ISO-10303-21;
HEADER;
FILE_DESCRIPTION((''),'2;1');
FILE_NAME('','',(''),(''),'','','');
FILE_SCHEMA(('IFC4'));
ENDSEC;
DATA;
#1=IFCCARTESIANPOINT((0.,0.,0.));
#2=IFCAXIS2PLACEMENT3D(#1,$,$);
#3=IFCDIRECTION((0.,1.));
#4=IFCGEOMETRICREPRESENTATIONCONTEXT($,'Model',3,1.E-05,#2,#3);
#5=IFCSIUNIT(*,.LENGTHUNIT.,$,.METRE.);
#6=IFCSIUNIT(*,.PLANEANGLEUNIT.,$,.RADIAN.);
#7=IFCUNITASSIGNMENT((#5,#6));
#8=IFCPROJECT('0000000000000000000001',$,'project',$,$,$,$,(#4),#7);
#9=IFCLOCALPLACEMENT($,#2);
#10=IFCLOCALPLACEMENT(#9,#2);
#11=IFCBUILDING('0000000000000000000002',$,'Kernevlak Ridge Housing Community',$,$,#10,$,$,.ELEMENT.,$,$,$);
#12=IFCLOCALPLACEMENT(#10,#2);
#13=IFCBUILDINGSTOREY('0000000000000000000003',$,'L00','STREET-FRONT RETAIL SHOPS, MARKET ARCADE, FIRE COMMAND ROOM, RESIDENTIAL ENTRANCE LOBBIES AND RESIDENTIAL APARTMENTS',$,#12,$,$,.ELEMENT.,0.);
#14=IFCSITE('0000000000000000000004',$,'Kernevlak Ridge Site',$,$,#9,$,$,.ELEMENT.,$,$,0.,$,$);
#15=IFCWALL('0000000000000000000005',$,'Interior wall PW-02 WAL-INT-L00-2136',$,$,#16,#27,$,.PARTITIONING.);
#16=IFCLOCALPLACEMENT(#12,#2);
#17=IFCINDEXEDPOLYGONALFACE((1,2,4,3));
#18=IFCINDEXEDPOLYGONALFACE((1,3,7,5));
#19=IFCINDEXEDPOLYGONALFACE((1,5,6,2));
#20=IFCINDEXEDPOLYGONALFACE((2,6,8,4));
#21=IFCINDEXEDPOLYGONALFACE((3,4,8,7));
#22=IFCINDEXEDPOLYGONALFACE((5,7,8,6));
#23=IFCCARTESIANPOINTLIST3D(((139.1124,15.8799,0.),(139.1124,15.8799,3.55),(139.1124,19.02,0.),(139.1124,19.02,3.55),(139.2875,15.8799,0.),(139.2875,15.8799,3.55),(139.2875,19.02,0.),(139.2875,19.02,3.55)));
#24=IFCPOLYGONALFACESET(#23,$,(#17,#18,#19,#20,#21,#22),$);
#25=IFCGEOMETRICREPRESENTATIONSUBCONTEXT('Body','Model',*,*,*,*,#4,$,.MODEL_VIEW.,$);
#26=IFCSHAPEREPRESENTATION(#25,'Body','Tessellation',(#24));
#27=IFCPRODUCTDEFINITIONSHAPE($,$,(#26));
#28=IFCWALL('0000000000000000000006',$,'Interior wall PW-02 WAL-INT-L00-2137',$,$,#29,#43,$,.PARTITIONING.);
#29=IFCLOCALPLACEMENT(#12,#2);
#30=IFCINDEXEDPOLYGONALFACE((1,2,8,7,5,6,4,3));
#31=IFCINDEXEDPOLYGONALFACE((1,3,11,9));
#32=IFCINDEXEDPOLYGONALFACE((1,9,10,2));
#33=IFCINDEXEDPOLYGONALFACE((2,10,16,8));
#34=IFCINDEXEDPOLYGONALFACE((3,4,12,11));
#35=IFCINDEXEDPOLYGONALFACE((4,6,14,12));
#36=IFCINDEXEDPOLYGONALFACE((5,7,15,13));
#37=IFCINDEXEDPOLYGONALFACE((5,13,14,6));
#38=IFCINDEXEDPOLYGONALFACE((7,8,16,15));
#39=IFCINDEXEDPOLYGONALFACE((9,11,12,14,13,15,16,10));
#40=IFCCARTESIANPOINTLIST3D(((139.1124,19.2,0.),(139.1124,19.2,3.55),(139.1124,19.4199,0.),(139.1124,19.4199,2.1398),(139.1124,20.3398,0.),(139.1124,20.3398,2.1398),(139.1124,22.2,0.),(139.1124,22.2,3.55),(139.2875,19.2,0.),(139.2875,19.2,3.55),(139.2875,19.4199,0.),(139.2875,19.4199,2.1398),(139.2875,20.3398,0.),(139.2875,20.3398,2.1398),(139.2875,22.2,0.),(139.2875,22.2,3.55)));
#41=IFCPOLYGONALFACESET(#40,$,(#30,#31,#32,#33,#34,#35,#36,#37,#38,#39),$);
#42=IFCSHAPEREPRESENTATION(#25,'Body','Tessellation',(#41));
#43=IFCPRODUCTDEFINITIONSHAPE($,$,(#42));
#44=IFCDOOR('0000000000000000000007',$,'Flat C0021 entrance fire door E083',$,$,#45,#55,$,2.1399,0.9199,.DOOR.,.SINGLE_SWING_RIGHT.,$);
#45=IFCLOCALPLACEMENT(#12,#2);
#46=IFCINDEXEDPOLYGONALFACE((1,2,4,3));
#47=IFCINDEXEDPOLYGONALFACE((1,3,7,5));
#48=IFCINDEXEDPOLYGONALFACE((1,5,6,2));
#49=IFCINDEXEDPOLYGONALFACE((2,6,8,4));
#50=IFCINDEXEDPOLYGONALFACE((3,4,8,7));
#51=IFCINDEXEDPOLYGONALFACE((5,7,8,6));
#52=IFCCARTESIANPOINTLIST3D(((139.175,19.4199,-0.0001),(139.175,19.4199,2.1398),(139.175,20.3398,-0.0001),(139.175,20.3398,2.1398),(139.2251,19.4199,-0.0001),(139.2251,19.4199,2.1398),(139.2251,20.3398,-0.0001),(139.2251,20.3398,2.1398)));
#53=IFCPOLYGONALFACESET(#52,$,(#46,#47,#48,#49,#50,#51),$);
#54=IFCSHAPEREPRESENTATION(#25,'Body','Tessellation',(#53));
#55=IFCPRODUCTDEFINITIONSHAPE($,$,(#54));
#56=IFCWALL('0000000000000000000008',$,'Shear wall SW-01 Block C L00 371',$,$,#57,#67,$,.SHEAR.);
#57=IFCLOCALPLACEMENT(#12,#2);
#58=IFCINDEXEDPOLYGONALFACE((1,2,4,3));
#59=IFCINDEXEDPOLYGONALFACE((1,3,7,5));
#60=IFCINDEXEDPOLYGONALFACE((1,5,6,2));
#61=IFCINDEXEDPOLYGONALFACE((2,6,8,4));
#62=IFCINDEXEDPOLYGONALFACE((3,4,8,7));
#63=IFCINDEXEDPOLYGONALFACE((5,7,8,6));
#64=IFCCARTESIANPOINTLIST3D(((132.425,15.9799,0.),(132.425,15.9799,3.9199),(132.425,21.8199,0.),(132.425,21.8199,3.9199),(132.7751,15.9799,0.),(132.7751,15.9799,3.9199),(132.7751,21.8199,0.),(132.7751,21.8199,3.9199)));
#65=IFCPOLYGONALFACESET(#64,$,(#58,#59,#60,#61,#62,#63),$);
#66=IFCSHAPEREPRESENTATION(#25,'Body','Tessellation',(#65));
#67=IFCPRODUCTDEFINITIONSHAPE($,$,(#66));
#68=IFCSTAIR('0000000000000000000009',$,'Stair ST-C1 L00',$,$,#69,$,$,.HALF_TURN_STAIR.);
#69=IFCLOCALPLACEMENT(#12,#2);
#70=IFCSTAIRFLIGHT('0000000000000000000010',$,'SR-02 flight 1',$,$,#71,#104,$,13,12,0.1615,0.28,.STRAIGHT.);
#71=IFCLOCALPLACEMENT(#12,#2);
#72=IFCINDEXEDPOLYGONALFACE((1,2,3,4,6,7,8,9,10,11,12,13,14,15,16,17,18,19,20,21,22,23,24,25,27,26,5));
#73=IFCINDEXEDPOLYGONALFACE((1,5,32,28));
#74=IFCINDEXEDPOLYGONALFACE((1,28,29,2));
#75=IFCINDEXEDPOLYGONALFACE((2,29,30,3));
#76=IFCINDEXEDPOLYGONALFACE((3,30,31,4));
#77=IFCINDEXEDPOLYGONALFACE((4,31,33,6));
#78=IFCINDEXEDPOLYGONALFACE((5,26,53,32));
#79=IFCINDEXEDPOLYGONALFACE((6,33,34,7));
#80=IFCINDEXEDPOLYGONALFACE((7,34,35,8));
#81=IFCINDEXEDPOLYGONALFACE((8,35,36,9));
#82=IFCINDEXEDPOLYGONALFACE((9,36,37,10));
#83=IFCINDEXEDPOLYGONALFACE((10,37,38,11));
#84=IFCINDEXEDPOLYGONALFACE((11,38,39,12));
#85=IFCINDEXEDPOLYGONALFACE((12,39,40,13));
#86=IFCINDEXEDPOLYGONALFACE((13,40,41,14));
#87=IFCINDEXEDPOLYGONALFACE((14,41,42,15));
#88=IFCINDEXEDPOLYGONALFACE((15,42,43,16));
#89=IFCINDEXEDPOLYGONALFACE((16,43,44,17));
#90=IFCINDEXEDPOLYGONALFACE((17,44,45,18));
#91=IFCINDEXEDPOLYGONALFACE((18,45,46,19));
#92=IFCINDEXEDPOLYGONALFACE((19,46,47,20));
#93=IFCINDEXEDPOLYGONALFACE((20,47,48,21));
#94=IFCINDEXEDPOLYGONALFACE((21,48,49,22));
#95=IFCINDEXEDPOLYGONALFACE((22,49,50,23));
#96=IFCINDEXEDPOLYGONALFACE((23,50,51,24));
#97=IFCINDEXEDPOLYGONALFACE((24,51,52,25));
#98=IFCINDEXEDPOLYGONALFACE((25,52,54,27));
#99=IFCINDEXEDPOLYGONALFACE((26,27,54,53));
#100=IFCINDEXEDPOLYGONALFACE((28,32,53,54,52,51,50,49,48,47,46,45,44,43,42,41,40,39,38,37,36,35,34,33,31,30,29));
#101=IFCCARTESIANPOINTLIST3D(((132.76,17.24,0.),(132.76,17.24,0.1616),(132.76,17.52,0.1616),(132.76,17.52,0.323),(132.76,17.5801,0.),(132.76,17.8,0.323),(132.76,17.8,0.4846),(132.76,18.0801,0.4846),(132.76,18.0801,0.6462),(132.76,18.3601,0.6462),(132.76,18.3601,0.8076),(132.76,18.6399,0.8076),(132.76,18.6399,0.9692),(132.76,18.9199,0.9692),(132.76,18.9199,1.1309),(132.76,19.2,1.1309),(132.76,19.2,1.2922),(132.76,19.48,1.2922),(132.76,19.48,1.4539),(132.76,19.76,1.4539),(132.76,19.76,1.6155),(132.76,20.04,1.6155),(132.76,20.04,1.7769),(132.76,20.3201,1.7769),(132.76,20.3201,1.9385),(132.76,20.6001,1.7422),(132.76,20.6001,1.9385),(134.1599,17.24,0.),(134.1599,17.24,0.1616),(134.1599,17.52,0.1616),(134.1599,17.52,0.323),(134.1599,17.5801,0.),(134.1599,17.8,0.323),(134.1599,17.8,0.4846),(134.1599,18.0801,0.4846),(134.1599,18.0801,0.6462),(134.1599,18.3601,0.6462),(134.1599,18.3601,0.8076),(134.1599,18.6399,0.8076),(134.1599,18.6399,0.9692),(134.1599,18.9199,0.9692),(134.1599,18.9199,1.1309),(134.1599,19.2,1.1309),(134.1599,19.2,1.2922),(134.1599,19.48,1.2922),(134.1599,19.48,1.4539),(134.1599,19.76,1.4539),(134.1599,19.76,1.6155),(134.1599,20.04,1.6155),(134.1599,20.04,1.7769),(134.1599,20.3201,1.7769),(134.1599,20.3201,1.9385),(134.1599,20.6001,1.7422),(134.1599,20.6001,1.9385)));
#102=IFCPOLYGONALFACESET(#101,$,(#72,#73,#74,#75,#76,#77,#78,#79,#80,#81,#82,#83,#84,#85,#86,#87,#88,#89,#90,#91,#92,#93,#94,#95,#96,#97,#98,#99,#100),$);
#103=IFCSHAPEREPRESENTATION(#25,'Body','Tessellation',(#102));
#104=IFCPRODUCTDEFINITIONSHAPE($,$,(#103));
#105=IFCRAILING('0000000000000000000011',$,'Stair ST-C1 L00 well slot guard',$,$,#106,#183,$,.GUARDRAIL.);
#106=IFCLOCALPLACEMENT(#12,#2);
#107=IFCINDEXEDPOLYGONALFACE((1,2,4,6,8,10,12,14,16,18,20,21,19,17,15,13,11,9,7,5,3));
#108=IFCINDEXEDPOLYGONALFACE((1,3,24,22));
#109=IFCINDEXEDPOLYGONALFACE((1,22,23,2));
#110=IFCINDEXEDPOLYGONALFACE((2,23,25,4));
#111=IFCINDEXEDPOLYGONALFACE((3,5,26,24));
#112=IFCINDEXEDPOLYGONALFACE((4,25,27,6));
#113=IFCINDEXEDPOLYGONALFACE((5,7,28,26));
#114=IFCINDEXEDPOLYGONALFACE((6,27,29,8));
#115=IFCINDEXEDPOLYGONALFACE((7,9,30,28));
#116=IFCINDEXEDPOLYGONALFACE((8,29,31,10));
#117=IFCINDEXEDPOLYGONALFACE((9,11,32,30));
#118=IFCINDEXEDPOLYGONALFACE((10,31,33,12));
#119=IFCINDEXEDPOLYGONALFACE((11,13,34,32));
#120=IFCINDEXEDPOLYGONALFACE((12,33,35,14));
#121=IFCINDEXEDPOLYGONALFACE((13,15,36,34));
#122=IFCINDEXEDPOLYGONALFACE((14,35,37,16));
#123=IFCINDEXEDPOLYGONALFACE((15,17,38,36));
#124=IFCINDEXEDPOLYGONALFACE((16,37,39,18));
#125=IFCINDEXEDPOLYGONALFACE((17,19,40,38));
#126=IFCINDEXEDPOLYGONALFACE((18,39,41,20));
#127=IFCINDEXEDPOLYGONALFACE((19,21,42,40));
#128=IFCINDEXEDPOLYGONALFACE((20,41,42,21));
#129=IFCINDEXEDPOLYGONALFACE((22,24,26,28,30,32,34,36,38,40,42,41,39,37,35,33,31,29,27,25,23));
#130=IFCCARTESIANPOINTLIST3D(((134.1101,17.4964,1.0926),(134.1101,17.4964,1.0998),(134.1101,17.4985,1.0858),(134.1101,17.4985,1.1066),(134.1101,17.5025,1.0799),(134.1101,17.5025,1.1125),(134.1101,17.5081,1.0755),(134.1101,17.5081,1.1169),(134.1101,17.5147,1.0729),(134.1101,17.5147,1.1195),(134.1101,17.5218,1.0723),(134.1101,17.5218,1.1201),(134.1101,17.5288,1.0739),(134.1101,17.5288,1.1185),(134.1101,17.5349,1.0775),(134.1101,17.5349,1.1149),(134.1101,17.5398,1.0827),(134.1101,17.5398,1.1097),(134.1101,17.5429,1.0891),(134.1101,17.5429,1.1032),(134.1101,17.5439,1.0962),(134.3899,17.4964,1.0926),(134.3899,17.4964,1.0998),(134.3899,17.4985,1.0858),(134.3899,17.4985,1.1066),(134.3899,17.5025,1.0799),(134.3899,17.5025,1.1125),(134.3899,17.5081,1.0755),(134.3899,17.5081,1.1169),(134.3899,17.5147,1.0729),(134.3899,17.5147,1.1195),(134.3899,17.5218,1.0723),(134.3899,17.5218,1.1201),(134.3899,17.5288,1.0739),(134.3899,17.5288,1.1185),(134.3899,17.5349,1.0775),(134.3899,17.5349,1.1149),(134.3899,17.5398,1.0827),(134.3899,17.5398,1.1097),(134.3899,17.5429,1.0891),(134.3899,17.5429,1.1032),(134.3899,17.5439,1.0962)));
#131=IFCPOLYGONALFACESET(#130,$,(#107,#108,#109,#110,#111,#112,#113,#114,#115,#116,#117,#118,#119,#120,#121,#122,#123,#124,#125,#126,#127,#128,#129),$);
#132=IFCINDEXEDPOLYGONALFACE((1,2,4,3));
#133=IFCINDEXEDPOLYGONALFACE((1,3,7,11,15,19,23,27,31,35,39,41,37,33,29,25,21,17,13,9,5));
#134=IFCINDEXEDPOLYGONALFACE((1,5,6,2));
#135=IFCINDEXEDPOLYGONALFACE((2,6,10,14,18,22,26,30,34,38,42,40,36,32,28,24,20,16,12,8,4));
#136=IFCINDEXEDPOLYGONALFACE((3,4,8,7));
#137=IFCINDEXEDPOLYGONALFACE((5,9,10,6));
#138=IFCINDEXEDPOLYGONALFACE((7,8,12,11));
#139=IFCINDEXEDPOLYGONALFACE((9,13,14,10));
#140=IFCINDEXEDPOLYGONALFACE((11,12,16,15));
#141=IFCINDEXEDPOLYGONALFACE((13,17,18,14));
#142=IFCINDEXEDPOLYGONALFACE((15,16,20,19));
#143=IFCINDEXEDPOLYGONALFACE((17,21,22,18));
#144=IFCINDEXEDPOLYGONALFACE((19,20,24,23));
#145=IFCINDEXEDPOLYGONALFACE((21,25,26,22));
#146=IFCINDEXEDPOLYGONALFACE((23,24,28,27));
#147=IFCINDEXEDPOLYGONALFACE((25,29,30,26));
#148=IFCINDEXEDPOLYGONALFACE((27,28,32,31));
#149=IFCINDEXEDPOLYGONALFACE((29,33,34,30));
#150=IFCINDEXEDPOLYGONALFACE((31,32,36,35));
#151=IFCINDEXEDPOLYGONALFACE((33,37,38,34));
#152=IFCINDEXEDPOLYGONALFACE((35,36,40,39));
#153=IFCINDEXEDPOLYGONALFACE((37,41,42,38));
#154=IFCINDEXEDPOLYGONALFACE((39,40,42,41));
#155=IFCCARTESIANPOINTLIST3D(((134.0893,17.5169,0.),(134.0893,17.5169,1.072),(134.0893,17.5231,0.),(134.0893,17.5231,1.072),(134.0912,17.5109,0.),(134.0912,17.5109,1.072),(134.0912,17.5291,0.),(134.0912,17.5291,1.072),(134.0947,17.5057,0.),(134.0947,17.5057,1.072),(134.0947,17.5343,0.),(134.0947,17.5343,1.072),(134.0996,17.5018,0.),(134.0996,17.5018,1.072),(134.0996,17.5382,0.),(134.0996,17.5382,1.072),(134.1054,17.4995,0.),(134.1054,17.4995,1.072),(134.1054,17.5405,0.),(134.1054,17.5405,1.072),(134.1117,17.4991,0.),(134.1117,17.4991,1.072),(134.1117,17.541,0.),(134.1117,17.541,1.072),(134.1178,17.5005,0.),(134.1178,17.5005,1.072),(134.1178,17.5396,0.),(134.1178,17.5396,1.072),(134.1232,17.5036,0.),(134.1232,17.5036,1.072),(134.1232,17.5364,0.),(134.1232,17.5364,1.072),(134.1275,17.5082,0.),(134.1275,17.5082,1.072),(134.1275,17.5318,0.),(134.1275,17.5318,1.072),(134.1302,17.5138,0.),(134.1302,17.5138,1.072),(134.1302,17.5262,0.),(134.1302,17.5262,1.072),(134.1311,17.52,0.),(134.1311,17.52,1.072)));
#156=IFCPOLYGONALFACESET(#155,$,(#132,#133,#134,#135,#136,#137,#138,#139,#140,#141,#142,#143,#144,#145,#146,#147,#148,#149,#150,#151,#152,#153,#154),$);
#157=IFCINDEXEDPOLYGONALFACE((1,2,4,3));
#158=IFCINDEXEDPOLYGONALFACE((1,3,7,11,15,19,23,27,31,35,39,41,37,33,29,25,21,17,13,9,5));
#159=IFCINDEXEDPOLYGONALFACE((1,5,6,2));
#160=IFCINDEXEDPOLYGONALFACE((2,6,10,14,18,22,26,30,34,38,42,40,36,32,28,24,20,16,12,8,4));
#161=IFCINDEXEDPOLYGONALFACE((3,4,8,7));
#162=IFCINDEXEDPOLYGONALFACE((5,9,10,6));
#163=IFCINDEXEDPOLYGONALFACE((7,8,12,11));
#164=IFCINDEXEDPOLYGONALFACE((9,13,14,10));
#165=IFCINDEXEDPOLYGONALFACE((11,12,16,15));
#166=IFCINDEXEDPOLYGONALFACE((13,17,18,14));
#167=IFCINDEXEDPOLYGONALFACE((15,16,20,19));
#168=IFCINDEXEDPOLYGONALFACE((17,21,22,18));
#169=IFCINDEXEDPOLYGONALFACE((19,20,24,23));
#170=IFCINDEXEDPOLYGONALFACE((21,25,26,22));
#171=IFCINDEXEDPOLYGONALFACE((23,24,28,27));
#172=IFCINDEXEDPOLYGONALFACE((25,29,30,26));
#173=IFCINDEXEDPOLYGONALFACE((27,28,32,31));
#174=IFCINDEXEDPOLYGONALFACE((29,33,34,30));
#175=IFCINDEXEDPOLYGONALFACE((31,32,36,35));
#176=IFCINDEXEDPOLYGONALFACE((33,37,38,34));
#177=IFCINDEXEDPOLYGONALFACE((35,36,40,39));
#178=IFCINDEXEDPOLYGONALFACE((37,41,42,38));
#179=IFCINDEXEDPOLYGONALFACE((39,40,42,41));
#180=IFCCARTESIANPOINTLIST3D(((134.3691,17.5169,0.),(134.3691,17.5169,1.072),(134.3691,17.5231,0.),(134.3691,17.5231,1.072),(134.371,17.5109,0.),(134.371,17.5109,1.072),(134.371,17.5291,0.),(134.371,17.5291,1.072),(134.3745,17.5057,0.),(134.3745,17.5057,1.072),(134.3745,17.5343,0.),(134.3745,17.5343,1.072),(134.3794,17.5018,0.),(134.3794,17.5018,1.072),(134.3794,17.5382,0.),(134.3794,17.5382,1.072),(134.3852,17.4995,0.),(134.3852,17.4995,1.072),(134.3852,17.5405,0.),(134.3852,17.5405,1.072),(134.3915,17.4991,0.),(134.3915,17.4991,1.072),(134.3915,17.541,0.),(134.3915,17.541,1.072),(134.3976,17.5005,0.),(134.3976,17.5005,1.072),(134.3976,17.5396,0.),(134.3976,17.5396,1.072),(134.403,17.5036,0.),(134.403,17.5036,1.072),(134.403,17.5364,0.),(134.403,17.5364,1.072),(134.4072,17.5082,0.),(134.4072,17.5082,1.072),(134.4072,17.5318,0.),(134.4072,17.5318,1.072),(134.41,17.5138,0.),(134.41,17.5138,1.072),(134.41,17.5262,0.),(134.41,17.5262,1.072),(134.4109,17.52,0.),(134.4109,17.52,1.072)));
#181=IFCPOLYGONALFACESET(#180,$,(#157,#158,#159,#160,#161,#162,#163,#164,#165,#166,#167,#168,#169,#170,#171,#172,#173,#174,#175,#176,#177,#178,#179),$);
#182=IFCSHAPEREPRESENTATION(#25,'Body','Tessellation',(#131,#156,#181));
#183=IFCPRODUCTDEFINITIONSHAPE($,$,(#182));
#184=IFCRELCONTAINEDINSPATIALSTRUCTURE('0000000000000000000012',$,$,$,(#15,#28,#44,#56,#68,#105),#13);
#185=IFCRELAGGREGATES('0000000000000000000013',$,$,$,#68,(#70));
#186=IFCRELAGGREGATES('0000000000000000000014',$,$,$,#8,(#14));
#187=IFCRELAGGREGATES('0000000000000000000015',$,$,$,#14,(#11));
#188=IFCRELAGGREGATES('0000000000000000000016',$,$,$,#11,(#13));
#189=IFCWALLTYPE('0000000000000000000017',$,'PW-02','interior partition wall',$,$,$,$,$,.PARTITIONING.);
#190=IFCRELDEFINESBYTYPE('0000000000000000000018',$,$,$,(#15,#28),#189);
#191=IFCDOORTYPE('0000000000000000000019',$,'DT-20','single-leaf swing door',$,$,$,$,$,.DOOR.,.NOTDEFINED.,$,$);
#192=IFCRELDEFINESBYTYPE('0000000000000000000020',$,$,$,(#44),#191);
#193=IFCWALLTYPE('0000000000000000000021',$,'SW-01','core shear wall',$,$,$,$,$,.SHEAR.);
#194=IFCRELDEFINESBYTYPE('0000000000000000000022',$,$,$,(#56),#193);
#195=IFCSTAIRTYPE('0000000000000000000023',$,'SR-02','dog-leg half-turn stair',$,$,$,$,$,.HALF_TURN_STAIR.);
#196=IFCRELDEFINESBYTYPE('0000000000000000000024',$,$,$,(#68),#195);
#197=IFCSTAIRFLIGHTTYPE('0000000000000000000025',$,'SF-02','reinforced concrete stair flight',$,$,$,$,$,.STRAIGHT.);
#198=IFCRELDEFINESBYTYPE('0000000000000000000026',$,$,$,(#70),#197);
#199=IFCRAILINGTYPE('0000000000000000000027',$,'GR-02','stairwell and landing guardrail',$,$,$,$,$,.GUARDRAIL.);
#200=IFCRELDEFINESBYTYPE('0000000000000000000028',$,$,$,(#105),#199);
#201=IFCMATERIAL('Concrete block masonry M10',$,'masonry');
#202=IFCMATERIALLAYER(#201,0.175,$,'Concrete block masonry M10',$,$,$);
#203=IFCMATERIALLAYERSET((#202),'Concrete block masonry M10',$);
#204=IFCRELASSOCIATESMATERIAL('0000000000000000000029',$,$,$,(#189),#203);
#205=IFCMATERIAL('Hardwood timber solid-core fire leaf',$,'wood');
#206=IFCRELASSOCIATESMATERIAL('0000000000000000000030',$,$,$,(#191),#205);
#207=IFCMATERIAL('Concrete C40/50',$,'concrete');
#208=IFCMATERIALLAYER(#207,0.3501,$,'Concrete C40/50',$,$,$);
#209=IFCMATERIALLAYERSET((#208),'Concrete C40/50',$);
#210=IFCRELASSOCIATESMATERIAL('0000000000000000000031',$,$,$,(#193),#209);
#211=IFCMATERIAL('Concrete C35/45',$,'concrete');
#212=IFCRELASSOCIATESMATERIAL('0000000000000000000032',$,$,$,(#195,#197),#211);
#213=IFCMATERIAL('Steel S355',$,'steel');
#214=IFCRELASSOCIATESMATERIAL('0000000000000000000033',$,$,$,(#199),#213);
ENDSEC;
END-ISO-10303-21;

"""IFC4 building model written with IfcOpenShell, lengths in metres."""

from ifc_helpers import new_model, si_unit, direction, frame, frame_2d, origin, origin_2d, place, context, subcontext, project, spatial, polyline, rectangle, circle, outline, extrude, material, layer, layer_set, type_object, element, fill, aggregate, save


model = new_model("IFC4")

# Units and contexts
model_context = context("Model", 3, precision=1e-05, world=origin(), true_north=direction((0.0, 1.0)))
body_context = subcontext(model_context, "Body", "Model", "MODEL_VIEW")
ifc_project = project(units=[si_unit("LENGTHUNIT", "METRE"), si_unit("PLANEANGLEUNIT", "RADIAN")], contexts=[model_context])

# Site, building, storey
site_placement = place(None, origin())
site = spatial("IfcSite", under=ifc_project, at=site_placement, Name="Kernevlak Ridge Site", CompositionType="ELEMENT", RefElevation=0.0)
building_placement = place(site_placement, origin())
building = spatial("IfcBuilding", under=site, at=building_placement, Name="Kernevlak Ridge Housing Community", CompositionType="ELEMENT")
storey_placement = place(building_placement, origin())
storey = spatial("IfcBuildingStorey", under=building, at=storey_placement, Name="L00", Description="STREET-FRONT RETAIL SHOPS, MARKET ARCADE, FIRE COMMAND ROOM, RESIDENTIAL ENTRANCE LOBBIES AND RESIDENTIAL APARTMENTS", CompositionType="ELEMENT", Elevation=0.0)

# Shared definitions
ifc_material_1 = material(Name="Concrete C40/50", Category="concrete")

# Shared definitions
ifc_material_2 = material(Name="Concrete C35/45", Category="concrete")

# Shared definitions
ifc_material_3 = material(Name="Concrete block masonry M10", Category="masonry")

# Shared definitions
ifc_layer_1 = layer(ifc_material_3, 0.175, Name="Concrete block masonry M10")
ifc_layer_set_1 = layer_set([ifc_layer_1], Name="Concrete block masonry M10")
wall_type_1 = type_object("IfcWallType", Name="PW-02", Description="interior partition wall", PredefinedType="PARTITIONING", material=ifc_layer_set_1)

# Wall
wall_1_placement = place(storey_placement, frame((139.2, 15.8799, 0.0), z_axis=(0.0, 0.0, 1.0), x_axis=(0.0, 1.0, 0.0)))
element("IfcWall", 1, at=wall_1_placement, inside=storey, type_object=wall_type_1, Name="Interior wall PW-02 WAL-INT-L00-2136", PredefinedType="PARTITIONING", context=body_context, shape_type="SweptSolid", body=[
    extrude(rectangle(XDim=3.1401, YDim=0.175, at=frame_2d((1.5701, 0.0))), origin(), (0.0, 0.0, 1.0), 3.55),
])

# Wall, opening, door
wall_2_placement = place(storey_placement, frame((139.2, 19.2, 0.0), z_axis=(0.0, 0.0, 1.0), x_axis=(0.0, 1.0, 0.0)))
wall_2 = element("IfcWall", 2, at=wall_2_placement, inside=storey, type_object=wall_type_1, Name="Interior wall PW-02 WAL-INT-L00-2137", PredefinedType="PARTITIONING", context=body_context, shape_type="SweptSolid", body=[
    extrude(rectangle(XDim=3.0, YDim=0.175, at=frame_2d((1.5, 0.0))), origin(), (0.0, 0.0, 1.0), 3.55),
])
opening_1_placement = place(wall_2_placement, frame((0.22, 0.0, 0.0)))
opening_1 = element("IfcOpeningElement", 3, at=opening_1_placement, cuts=wall_2, PredefinedType="OPENING", context=body_context, shape_type="SweptSolid", body=[
    extrude(rectangle(XDim=0.9199, YDim=2.1399, at=frame_2d((0.46, 1.0698))), frame((0.0, 0.0974, 0.0), z_axis=(0.0, -1.0, 0.0), x_axis=(1.0, 0.0, 0.0)), (0.0, 0.0, 1.0), 0.1951),
])
ifc_material_4 = material(Name="Hardwood timber solid-core fire leaf", Category="wood")
door_type_1 = type_object("IfcDoorType", Name="DT-20", Description="single-leaf swing door", OperationType="NOTDEFINED", PredefinedType="DOOR", material=ifc_material_4)
door_1_placement = place(opening_1_placement, origin())
door_1 = element("IfcDoor", 4, at=door_1_placement, inside=storey, type_object=door_type_1, Name="Flat C0021 entrance fire door E083", OperationType="SINGLE_SWING_RIGHT", OverallHeight=2.1399, OverallWidth=0.9199, PredefinedType="DOOR", context=body_context, shape_type="SweptSolid", body=[
    extrude(rectangle(XDim=0.9199, YDim=2.1399, at=frame_2d((0.46, 1.0698))), frame((0.0, 0.0249, 0.0), z_axis=(0.0, -1.0, 0.0), x_axis=(1.0, 0.0, 0.0)), (0.0, 0.0, 1.0), 0.05),
])
fill(opening_1, door_1)

# Wall
ifc_layer_2 = layer(ifc_material_1, 0.3501, Name="Concrete C40/50")
ifc_layer_set_2 = layer_set([ifc_layer_2], Name="Concrete C40/50")
wall_type_2 = type_object("IfcWallType", Name="SW-01", Description="core shear wall", PredefinedType="SHEAR", material=ifc_layer_set_2)
wall_3_placement = place(storey_placement, frame((132.6001, 15.98, 0.0), z_axis=(0.0, 0.0, 1.0), x_axis=(0.0, 1.0, 0.0)))
element("IfcWall", 5, at=wall_3_placement, inside=storey, type_object=wall_type_2, Name="Shear wall SW-01 Block C L00 371", PredefinedType="SHEAR", context=body_context, shape_type="SweptSolid", body=[
    extrude(rectangle(XDim=5.8401, YDim=0.3501, at=frame_2d((2.9199, 0.0))), origin(), (0.0, 0.0, 1.0), 3.9199),
])

# Stair, stair flight
stair_type = type_object("IfcStairType", Name="SR-02", Description="dog-leg half-turn stair", PredefinedType="HALF_TURN_STAIR", material=ifc_material_2)
stair_placement = place(storey_placement, origin())
stair = element("IfcStair", 6, at=stair_placement, inside=storey, type_object=stair_type, Name="Stair ST-C1 L00", PredefinedType="HALF_TURN_STAIR")
stair_flight_type = type_object("IfcStairFlightType", Name="SF-02", Description="reinforced concrete stair flight", PredefinedType="STRAIGHT", material=ifc_material_2)
stair_flight_placement = place(storey_placement, frame((133.46, 17.24, 0.0), z_axis=(0.0, 0.0, 1.0), x_axis=(0.0, 1.0, 0.0)))
stair_flight = element("IfcStairFlight", 7, at=stair_flight_placement, type_object=stair_flight_type, Name="SR-02 flight 1", NumberOfRisers=13, NumberOfTreads=12, PredefinedType="STRAIGHT", RiserHeight=0.1615, TreadLength=0.28, context=body_context, shape_type="SweptSolid", body=[
    extrude(outline(polyline([(0.0, 0.0), (0.0, 0.1616), (0.28, 0.1616), (0.28, 0.323), (0.5601, 0.323), (0.5601, 0.4846), (0.8401, 0.4846), (0.8401, 0.6462), (1.1201, 0.6462), (1.1201, 0.8076), (1.3999, 0.8076), (1.3999, 0.9692), (1.6799, 0.9692), (1.6799, 1.1309), (1.96, 1.1309), (1.96, 1.2922), (2.24, 1.2922), (2.24, 1.4539), (2.52, 1.4539), (2.52, 1.6155), (2.8, 1.6155), (2.8, 1.7769), (3.0801, 1.7769), (3.0801, 1.9385), (3.3601, 1.9385), (3.3601, 2.1001), (3.3601, 1.7422), (0.3401, 0.0), (0.0, 0.0)])), frame((0.0, 0.7, 0.0), z_axis=(0.0, -1.0, 0.0), x_axis=(1.0, 0.0, 0.0)), (0.0, 0.0, 1.0), 1.3999),
])
aggregate(stair, [stair_flight])

# Railing
ifc_material_5 = material(Name="Steel S355", Category="steel")
railing_type_1 = type_object("IfcRailingType", Name="GR-02", Description="stairwell and landing guardrail", PredefinedType="GUARDRAIL", material=ifc_material_5)
railing_1_placement = place(storey_placement, frame((134.1101, 17.52, 0.0)))
element("IfcRailing", 8, at=railing_1_placement, inside=storey, type_object=railing_type_1, Name="Stair ST-C1 L00 well slot guard", PredefinedType="GUARDRAIL", context=body_context, shape_type="SweptSolid", body=[
    extrude(circle(Radius=0.0239, at=origin_2d()), frame((0.0, 0.0, 1.0962), z_axis=(1.0, 0.0, 0.0), x_axis=(0.0, 1.0, 0.0)), (0.0, 0.0, 1.0), 0.2798),
    extrude(circle(Radius=0.021, at=origin_2d()), origin(), (0.0, 0.0, 1.0), 1.072),
    extrude(circle(Radius=0.021, at=origin_2d()), frame((0.2798, 0.0, 0.0)), (0.0, 0.0, 1.0), 1.072),
])

save(model, "model.ifc")
